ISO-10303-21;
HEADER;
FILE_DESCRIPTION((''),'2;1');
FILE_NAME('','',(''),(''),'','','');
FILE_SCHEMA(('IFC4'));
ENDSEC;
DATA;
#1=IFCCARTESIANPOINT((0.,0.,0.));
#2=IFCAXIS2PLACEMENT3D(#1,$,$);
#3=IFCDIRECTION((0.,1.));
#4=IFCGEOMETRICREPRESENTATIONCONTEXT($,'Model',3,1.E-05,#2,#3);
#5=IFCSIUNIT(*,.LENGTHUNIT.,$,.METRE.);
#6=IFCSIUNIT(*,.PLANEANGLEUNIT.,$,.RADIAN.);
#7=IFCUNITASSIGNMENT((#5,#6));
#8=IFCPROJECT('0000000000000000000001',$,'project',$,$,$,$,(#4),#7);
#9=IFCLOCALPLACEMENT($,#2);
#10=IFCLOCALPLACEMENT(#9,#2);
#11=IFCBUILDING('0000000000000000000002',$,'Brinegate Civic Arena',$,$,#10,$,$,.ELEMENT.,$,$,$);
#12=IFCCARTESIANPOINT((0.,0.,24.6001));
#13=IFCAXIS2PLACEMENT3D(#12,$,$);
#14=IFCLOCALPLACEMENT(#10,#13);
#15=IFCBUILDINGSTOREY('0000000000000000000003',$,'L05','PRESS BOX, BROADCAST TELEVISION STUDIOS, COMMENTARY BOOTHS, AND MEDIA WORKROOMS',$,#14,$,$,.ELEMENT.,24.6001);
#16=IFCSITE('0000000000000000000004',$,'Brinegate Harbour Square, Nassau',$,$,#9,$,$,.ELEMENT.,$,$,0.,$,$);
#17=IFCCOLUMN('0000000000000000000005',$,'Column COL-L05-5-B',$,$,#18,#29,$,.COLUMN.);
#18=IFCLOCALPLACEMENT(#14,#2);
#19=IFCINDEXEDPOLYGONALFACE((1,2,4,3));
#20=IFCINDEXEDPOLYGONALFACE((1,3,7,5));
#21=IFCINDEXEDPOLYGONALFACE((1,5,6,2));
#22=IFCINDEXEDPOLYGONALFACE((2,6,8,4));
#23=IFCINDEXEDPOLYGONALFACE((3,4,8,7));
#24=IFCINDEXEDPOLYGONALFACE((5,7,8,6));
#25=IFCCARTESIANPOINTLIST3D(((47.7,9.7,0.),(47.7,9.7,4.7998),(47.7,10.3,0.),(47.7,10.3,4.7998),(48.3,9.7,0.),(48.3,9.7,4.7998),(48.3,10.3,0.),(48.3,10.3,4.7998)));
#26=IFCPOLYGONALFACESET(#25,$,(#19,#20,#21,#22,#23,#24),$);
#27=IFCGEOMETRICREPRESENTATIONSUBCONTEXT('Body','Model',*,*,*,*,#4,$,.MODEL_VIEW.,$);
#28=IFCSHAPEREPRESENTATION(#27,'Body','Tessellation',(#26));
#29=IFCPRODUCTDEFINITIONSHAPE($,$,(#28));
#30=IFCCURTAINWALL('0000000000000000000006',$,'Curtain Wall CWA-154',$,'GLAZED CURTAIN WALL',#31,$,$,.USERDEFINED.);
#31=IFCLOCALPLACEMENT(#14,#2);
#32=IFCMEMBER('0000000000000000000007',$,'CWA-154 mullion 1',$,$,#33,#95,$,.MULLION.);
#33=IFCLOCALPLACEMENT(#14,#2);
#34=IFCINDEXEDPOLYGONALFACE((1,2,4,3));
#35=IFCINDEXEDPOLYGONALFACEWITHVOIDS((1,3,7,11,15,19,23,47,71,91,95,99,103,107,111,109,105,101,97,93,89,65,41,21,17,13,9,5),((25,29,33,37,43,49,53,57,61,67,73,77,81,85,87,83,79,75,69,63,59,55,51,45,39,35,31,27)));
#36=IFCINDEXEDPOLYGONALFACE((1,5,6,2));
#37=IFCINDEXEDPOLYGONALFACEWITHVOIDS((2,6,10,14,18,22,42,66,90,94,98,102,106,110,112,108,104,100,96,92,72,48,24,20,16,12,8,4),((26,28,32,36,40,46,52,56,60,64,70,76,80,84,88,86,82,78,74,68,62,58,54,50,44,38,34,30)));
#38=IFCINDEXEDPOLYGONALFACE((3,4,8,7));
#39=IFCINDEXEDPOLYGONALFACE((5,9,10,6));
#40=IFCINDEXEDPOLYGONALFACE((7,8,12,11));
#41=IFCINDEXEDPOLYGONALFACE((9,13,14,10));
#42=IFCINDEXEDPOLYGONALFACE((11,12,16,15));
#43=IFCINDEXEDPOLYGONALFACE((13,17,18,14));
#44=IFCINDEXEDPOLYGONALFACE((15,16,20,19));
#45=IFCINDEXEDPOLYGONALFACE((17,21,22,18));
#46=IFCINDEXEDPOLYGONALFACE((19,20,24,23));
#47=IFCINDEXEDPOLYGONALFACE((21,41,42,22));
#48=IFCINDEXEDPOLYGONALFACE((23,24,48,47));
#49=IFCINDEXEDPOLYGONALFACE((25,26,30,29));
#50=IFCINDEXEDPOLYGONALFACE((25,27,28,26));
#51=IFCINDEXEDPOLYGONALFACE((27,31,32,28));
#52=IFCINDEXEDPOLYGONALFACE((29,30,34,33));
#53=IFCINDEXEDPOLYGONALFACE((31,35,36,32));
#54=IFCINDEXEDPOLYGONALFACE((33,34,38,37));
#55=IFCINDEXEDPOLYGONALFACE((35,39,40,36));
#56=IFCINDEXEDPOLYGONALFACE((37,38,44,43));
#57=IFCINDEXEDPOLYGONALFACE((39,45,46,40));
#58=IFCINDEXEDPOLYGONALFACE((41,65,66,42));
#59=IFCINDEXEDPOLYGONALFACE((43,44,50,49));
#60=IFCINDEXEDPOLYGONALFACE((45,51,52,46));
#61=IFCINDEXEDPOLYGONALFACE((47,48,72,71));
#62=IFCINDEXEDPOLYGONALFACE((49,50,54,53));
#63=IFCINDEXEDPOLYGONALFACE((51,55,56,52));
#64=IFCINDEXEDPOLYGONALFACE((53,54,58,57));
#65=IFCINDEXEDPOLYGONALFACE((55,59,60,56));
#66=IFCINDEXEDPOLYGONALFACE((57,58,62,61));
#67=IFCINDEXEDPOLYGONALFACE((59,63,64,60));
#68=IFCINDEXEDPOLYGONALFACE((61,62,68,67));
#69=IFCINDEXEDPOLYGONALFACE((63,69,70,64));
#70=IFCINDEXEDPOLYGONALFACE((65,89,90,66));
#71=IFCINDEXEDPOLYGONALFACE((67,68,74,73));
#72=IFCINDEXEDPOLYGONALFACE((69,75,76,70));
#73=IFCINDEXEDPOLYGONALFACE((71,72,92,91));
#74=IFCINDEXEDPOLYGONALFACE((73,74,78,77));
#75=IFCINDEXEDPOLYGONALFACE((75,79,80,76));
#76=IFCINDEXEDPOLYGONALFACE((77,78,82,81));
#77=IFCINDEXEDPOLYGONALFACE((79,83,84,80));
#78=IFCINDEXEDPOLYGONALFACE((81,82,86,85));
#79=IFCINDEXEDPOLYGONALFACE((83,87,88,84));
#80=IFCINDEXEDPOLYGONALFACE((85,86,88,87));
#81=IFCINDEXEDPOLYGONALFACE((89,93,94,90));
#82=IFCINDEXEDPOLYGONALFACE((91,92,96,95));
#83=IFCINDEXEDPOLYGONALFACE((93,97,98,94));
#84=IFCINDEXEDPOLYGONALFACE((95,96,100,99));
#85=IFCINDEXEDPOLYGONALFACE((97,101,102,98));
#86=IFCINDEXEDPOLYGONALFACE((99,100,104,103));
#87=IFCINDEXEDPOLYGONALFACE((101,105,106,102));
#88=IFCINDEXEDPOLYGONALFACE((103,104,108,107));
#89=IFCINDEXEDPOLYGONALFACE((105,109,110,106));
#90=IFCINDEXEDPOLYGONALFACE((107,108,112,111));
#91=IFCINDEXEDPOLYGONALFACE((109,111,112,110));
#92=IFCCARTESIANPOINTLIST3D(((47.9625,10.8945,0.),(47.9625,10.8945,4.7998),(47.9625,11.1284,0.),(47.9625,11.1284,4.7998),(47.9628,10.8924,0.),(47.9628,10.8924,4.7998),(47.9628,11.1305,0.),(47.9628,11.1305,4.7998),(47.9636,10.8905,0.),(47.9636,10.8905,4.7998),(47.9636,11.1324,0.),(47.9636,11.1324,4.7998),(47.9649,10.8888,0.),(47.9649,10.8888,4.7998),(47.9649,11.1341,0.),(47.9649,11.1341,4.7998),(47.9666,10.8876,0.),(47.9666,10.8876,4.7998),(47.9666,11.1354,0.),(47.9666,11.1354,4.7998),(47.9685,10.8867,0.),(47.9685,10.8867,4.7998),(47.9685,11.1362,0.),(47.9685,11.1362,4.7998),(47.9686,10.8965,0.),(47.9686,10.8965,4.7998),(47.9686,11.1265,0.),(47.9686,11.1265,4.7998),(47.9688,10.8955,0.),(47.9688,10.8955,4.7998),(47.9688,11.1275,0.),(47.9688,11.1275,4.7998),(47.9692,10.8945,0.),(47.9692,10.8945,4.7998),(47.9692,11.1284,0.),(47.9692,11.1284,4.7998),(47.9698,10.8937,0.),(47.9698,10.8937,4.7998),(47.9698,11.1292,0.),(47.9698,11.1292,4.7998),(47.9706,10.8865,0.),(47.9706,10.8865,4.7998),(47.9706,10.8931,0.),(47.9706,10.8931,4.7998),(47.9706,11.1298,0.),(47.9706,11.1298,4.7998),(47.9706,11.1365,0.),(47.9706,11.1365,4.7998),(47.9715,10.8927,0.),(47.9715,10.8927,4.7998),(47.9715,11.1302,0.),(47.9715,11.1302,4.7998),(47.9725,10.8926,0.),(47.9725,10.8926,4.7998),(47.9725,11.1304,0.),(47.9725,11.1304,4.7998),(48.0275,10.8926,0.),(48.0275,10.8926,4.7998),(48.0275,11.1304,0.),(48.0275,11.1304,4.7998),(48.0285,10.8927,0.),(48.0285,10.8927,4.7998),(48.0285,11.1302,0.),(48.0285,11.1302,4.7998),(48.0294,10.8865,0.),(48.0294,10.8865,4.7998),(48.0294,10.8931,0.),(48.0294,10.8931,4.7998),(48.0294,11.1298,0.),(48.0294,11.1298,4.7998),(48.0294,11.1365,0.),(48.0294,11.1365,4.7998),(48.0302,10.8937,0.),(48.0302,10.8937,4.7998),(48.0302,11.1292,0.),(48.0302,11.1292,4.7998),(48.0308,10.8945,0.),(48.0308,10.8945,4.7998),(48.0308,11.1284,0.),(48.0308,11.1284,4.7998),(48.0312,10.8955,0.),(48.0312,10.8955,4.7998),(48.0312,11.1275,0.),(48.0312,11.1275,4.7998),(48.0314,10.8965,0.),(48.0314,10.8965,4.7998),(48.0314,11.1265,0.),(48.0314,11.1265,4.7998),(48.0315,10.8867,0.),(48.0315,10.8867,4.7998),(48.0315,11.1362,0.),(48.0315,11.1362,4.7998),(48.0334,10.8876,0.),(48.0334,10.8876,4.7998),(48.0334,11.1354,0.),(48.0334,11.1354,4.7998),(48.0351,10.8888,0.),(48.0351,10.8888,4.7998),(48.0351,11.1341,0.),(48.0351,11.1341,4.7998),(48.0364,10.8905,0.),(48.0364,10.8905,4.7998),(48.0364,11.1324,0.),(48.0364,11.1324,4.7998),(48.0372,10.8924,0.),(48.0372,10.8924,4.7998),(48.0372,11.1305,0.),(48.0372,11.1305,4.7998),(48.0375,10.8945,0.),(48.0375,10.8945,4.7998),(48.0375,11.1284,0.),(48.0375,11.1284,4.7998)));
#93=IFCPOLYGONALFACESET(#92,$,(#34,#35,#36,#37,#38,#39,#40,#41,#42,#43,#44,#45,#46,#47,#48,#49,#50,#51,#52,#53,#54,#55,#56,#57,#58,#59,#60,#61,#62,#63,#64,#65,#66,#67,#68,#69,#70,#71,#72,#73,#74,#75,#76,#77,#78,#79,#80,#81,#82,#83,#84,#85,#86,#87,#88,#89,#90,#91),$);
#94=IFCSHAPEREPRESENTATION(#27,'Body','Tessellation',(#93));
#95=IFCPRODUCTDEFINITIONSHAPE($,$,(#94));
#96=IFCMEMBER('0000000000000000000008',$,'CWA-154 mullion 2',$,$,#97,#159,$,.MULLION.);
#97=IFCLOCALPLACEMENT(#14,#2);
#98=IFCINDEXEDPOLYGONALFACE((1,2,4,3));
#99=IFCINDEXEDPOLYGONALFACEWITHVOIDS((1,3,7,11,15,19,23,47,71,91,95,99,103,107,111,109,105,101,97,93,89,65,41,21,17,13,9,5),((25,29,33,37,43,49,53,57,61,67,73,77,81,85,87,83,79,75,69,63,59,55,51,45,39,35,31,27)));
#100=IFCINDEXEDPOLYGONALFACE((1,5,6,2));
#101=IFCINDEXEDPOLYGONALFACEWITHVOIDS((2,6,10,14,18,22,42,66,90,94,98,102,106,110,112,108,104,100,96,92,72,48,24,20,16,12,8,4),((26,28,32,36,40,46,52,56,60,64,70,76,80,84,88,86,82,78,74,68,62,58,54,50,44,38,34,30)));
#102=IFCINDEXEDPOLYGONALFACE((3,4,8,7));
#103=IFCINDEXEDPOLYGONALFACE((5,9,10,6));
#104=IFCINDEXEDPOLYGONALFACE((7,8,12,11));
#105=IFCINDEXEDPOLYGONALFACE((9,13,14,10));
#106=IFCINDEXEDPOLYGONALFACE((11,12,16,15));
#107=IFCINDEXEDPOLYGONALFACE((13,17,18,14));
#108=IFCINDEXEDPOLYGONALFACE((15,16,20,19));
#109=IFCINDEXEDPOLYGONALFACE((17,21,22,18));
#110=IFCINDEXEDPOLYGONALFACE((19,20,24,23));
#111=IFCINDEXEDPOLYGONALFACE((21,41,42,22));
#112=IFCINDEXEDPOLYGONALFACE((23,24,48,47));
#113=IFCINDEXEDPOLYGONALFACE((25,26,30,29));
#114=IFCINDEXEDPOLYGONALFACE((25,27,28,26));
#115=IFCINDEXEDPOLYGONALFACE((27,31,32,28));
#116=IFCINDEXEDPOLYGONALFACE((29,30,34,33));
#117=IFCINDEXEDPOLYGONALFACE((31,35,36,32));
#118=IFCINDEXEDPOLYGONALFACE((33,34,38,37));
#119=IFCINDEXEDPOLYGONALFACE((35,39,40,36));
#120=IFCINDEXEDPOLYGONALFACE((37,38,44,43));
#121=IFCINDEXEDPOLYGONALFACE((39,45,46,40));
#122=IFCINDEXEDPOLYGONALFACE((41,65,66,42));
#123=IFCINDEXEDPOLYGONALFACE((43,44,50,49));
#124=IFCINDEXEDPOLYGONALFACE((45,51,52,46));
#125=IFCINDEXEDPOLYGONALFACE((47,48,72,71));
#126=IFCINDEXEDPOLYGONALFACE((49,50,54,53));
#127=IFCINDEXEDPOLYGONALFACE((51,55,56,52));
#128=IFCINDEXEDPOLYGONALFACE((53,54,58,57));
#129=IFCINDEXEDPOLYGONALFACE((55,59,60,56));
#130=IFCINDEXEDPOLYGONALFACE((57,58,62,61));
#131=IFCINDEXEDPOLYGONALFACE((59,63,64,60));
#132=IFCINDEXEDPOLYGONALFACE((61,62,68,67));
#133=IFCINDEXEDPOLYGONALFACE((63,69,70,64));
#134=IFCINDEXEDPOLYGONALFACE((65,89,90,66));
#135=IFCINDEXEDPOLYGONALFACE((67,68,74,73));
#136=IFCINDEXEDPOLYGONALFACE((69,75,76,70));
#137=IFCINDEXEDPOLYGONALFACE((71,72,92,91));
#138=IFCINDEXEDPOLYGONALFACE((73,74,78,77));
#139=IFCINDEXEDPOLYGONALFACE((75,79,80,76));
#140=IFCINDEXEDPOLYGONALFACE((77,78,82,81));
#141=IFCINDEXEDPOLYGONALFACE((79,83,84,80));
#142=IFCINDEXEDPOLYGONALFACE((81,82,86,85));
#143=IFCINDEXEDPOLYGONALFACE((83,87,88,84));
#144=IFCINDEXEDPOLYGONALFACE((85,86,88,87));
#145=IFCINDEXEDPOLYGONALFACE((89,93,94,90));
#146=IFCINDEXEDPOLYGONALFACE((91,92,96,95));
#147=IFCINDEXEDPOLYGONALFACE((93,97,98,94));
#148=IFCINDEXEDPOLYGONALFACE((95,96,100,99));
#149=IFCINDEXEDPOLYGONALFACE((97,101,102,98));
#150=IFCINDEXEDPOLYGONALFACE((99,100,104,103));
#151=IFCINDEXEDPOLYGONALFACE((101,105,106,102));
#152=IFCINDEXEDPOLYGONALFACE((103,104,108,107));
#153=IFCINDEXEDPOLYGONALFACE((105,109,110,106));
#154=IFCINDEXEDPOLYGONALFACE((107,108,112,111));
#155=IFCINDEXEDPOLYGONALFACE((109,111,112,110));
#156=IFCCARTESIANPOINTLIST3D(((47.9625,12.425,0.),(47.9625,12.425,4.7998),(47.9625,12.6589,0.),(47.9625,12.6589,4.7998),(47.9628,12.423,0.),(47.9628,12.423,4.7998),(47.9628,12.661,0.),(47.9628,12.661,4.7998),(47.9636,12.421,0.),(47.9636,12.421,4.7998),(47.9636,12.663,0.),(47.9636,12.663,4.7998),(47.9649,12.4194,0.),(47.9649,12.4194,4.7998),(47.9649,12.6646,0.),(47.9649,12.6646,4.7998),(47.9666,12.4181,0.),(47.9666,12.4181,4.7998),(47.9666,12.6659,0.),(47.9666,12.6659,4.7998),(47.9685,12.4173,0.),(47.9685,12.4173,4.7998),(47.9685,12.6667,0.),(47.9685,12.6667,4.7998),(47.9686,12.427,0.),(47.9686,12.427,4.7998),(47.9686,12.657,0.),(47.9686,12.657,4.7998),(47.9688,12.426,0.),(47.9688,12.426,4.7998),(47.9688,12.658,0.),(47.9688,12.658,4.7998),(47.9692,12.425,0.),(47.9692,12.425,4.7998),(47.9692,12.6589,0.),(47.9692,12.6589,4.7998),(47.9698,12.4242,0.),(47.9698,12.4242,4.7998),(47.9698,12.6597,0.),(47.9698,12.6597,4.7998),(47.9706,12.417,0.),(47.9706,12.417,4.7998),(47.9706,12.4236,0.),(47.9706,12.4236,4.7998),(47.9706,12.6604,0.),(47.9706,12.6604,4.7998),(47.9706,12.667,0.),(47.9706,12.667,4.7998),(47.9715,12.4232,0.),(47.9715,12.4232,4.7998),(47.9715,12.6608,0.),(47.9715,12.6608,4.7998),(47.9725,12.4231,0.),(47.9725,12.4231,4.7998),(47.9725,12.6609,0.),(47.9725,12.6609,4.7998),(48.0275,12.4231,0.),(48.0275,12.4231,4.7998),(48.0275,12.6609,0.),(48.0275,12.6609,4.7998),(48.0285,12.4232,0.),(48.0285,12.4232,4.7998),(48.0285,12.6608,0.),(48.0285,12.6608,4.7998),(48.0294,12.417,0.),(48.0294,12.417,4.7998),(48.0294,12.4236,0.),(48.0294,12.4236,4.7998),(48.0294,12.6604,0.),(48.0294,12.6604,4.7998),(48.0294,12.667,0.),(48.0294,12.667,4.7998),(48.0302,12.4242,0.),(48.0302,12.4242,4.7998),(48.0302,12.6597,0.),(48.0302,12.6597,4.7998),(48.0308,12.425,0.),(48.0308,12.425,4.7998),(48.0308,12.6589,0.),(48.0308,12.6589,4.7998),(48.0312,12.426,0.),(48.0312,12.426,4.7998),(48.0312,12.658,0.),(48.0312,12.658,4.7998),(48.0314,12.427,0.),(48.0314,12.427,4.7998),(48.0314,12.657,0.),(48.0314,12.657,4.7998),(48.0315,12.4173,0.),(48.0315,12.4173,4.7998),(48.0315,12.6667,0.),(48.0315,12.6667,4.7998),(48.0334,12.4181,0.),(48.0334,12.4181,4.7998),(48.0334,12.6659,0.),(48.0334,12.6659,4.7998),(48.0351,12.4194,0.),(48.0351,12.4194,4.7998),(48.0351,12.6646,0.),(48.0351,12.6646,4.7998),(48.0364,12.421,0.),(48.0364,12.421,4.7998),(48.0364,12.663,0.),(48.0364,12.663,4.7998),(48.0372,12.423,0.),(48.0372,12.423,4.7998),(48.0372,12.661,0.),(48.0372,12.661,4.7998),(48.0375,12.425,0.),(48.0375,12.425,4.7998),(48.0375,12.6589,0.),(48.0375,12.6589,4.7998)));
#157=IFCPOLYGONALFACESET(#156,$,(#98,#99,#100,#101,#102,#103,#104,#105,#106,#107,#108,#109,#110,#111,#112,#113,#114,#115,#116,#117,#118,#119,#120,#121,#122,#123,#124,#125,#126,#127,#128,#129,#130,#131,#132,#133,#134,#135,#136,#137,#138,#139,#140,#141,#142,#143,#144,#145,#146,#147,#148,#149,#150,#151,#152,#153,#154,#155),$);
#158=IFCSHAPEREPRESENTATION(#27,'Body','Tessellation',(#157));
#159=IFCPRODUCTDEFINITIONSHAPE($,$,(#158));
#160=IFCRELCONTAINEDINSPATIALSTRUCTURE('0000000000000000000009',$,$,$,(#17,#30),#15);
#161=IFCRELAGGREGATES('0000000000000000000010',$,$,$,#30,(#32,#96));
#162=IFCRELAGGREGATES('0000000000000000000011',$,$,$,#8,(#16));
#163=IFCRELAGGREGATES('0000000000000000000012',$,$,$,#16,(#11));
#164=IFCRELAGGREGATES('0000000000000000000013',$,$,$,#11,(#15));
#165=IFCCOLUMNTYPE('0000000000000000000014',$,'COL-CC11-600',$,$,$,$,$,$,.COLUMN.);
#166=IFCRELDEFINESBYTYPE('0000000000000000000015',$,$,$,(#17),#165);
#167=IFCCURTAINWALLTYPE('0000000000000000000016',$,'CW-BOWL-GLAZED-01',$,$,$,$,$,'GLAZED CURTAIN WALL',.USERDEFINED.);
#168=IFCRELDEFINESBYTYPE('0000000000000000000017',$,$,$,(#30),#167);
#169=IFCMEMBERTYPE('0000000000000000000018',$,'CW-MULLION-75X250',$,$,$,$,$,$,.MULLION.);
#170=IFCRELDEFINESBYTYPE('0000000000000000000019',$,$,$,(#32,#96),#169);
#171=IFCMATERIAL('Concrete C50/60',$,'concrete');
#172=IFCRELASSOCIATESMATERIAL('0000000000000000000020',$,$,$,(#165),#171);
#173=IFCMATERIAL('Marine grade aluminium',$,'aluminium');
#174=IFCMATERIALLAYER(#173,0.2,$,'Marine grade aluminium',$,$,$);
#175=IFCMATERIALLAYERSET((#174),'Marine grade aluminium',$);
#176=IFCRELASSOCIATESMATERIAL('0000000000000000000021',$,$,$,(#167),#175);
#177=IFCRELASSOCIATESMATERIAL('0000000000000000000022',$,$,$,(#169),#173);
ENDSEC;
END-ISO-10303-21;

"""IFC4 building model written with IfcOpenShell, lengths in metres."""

from ifc_helpers import new_model, si_unit, direction, frame, origin, origin_2d, place, context, subcontext, project, spatial, rectangle, hollow_rectangle, extrude, material, layer, layer_set, material_profile, profile_set, type_object, element, aggregate, save


model = new_model("IFC4")

# Units and contexts
model_context = context("Model", 3, precision=1e-05, world=origin(), true_north=direction((0.0, 1.0)))
body_context = subcontext(model_context, "Body", "Model", "MODEL_VIEW")
ifc_project = project(units=[si_unit("LENGTHUNIT", "METRE"), si_unit("PLANEANGLEUNIT", "RADIAN")], contexts=[model_context])

# Site, building, storey
site_placement = place(None, origin())
site = spatial("IfcSite", under=ifc_project, at=site_placement, Name="Brinegate Harbour Square, Nassau", CompositionType="ELEMENT", RefElevation=0.0)
building_placement = place(site_placement, origin())
building = spatial("IfcBuilding", under=site, at=building_placement, Name="Brinegate Civic Arena", CompositionType="ELEMENT")
storey_placement = place(building_placement, frame((0.0, 0.0, 24.6001)))
storey = spatial("IfcBuildingStorey", under=building, at=storey_placement, Name="L05", Description="PRESS BOX, BROADCAST TELEVISION STUDIOS, COMMENTARY BOOTHS, AND MEDIA WORKROOMS", CompositionType="ELEMENT", Elevation=24.6001)

# Column
ifc_material_1 = material(Name="Concrete C50/60", Category="concrete")
ifc_material_profile_1 = material_profile(ifc_material_1, rectangle(XDim=0.6001, YDim=0.6001, at=origin_2d()), Name="RC600X600")
ifc_profile_set_1 = profile_set([ifc_material_profile_1], Name="Concrete C50/60")
column_type = type_object("IfcColumnType", Name="COL-CC11-600", PredefinedType="COLUMN", material=ifc_profile_set_1)
column_placement = place(storey_placement, frame((48.0, 10.0, 0.0), z_axis=(0.0, 0.0, 1.0), x_axis=(1.0, 0.0, 0.0)))
element("IfcColumn", 1, at=column_placement, inside=storey, type_object=column_type, Name="Column COL-L05-5-B", PredefinedType="COLUMN", context=body_context, shape_type="SweptSolid", body=[
    extrude(rectangle(XDim=0.6001, YDim=0.6001, at=origin_2d()), origin(), (0.0, 0.0, 1.0), 4.7998),
])

# Curtain wall, members
ifc_material_2 = material(Name="Marine grade aluminium", Category="aluminium")
ifc_layer_1 = layer(ifc_material_2, 0.2, Name="Marine grade aluminium")
ifc_layer_set_1 = layer_set([ifc_layer_1], Name="Marine grade aluminium")
curtain_wall_type = type_object("IfcCurtainWallType", Name="CW-BOWL-GLAZED-01", ElementType="GLAZED CURTAIN WALL", PredefinedType="USERDEFINED", material=ifc_layer_set_1)
curtain_wall_placement = place(storey_placement, origin())
curtain_wall = element("IfcCurtainWall", 2, at=curtain_wall_placement, inside=storey, type_object=curtain_wall_type, Name="Curtain Wall CWA-154", ObjectType="GLAZED CURTAIN WALL", PredefinedType="USERDEFINED")
ifc_material_profile_2 = material_profile(ifc_material_2, hollow_rectangle(XDim=0.075, YDim=0.25, WallThickness=0.0061, InnerFilletRadius=0.0039, OuterFilletRadius=0.0081, at=origin_2d()), Name="MUL75X250")
ifc_profile_set_2 = profile_set([ifc_material_profile_2], Name="Marine grade aluminium")
member_type_1 = type_object("IfcMemberType", Name="CW-MULLION-75X250", PredefinedType="MULLION", material=ifc_profile_set_2)
member_1_placement = place(storey_placement, frame((48.0, 11.0115, 0.0), z_axis=(0.0, 0.0, 1.0), x_axis=(-1.0, 0.0, 0.0)))
member_1 = element("IfcMember", 3, at=member_1_placement, type_object=member_type_1, Name="CWA-154 mullion 1", PredefinedType="MULLION", context=body_context, shape_type="SweptSolid", body=[
    extrude(hollow_rectangle(XDim=0.075, YDim=0.25, WallThickness=0.0061, InnerFilletRadius=0.0039, OuterFilletRadius=0.0081, at=origin_2d()), origin(), (0.0, 0.0, 1.0), 4.7998),
])
member_2_placement = place(storey_placement, frame((48.0, 12.542, 0.0), z_axis=(0.0, 0.0, 1.0), x_axis=(-1.0, 0.0, 0.0)))
member_2 = element("IfcMember", 4, at=member_2_placement, type_object=member_type_1, Name="CWA-154 mullion 2", PredefinedType="MULLION", context=body_context, shape_type="SweptSolid", body=[
    extrude(hollow_rectangle(XDim=0.075, YDim=0.25, WallThickness=0.0061, InnerFilletRadius=0.0039, OuterFilletRadius=0.0081, at=origin_2d()), origin(), (0.0, 0.0, 1.0), 4.7998),
])

aggregate(curtain_wall, [member_1, member_2])

save(model, "model.ifc")
